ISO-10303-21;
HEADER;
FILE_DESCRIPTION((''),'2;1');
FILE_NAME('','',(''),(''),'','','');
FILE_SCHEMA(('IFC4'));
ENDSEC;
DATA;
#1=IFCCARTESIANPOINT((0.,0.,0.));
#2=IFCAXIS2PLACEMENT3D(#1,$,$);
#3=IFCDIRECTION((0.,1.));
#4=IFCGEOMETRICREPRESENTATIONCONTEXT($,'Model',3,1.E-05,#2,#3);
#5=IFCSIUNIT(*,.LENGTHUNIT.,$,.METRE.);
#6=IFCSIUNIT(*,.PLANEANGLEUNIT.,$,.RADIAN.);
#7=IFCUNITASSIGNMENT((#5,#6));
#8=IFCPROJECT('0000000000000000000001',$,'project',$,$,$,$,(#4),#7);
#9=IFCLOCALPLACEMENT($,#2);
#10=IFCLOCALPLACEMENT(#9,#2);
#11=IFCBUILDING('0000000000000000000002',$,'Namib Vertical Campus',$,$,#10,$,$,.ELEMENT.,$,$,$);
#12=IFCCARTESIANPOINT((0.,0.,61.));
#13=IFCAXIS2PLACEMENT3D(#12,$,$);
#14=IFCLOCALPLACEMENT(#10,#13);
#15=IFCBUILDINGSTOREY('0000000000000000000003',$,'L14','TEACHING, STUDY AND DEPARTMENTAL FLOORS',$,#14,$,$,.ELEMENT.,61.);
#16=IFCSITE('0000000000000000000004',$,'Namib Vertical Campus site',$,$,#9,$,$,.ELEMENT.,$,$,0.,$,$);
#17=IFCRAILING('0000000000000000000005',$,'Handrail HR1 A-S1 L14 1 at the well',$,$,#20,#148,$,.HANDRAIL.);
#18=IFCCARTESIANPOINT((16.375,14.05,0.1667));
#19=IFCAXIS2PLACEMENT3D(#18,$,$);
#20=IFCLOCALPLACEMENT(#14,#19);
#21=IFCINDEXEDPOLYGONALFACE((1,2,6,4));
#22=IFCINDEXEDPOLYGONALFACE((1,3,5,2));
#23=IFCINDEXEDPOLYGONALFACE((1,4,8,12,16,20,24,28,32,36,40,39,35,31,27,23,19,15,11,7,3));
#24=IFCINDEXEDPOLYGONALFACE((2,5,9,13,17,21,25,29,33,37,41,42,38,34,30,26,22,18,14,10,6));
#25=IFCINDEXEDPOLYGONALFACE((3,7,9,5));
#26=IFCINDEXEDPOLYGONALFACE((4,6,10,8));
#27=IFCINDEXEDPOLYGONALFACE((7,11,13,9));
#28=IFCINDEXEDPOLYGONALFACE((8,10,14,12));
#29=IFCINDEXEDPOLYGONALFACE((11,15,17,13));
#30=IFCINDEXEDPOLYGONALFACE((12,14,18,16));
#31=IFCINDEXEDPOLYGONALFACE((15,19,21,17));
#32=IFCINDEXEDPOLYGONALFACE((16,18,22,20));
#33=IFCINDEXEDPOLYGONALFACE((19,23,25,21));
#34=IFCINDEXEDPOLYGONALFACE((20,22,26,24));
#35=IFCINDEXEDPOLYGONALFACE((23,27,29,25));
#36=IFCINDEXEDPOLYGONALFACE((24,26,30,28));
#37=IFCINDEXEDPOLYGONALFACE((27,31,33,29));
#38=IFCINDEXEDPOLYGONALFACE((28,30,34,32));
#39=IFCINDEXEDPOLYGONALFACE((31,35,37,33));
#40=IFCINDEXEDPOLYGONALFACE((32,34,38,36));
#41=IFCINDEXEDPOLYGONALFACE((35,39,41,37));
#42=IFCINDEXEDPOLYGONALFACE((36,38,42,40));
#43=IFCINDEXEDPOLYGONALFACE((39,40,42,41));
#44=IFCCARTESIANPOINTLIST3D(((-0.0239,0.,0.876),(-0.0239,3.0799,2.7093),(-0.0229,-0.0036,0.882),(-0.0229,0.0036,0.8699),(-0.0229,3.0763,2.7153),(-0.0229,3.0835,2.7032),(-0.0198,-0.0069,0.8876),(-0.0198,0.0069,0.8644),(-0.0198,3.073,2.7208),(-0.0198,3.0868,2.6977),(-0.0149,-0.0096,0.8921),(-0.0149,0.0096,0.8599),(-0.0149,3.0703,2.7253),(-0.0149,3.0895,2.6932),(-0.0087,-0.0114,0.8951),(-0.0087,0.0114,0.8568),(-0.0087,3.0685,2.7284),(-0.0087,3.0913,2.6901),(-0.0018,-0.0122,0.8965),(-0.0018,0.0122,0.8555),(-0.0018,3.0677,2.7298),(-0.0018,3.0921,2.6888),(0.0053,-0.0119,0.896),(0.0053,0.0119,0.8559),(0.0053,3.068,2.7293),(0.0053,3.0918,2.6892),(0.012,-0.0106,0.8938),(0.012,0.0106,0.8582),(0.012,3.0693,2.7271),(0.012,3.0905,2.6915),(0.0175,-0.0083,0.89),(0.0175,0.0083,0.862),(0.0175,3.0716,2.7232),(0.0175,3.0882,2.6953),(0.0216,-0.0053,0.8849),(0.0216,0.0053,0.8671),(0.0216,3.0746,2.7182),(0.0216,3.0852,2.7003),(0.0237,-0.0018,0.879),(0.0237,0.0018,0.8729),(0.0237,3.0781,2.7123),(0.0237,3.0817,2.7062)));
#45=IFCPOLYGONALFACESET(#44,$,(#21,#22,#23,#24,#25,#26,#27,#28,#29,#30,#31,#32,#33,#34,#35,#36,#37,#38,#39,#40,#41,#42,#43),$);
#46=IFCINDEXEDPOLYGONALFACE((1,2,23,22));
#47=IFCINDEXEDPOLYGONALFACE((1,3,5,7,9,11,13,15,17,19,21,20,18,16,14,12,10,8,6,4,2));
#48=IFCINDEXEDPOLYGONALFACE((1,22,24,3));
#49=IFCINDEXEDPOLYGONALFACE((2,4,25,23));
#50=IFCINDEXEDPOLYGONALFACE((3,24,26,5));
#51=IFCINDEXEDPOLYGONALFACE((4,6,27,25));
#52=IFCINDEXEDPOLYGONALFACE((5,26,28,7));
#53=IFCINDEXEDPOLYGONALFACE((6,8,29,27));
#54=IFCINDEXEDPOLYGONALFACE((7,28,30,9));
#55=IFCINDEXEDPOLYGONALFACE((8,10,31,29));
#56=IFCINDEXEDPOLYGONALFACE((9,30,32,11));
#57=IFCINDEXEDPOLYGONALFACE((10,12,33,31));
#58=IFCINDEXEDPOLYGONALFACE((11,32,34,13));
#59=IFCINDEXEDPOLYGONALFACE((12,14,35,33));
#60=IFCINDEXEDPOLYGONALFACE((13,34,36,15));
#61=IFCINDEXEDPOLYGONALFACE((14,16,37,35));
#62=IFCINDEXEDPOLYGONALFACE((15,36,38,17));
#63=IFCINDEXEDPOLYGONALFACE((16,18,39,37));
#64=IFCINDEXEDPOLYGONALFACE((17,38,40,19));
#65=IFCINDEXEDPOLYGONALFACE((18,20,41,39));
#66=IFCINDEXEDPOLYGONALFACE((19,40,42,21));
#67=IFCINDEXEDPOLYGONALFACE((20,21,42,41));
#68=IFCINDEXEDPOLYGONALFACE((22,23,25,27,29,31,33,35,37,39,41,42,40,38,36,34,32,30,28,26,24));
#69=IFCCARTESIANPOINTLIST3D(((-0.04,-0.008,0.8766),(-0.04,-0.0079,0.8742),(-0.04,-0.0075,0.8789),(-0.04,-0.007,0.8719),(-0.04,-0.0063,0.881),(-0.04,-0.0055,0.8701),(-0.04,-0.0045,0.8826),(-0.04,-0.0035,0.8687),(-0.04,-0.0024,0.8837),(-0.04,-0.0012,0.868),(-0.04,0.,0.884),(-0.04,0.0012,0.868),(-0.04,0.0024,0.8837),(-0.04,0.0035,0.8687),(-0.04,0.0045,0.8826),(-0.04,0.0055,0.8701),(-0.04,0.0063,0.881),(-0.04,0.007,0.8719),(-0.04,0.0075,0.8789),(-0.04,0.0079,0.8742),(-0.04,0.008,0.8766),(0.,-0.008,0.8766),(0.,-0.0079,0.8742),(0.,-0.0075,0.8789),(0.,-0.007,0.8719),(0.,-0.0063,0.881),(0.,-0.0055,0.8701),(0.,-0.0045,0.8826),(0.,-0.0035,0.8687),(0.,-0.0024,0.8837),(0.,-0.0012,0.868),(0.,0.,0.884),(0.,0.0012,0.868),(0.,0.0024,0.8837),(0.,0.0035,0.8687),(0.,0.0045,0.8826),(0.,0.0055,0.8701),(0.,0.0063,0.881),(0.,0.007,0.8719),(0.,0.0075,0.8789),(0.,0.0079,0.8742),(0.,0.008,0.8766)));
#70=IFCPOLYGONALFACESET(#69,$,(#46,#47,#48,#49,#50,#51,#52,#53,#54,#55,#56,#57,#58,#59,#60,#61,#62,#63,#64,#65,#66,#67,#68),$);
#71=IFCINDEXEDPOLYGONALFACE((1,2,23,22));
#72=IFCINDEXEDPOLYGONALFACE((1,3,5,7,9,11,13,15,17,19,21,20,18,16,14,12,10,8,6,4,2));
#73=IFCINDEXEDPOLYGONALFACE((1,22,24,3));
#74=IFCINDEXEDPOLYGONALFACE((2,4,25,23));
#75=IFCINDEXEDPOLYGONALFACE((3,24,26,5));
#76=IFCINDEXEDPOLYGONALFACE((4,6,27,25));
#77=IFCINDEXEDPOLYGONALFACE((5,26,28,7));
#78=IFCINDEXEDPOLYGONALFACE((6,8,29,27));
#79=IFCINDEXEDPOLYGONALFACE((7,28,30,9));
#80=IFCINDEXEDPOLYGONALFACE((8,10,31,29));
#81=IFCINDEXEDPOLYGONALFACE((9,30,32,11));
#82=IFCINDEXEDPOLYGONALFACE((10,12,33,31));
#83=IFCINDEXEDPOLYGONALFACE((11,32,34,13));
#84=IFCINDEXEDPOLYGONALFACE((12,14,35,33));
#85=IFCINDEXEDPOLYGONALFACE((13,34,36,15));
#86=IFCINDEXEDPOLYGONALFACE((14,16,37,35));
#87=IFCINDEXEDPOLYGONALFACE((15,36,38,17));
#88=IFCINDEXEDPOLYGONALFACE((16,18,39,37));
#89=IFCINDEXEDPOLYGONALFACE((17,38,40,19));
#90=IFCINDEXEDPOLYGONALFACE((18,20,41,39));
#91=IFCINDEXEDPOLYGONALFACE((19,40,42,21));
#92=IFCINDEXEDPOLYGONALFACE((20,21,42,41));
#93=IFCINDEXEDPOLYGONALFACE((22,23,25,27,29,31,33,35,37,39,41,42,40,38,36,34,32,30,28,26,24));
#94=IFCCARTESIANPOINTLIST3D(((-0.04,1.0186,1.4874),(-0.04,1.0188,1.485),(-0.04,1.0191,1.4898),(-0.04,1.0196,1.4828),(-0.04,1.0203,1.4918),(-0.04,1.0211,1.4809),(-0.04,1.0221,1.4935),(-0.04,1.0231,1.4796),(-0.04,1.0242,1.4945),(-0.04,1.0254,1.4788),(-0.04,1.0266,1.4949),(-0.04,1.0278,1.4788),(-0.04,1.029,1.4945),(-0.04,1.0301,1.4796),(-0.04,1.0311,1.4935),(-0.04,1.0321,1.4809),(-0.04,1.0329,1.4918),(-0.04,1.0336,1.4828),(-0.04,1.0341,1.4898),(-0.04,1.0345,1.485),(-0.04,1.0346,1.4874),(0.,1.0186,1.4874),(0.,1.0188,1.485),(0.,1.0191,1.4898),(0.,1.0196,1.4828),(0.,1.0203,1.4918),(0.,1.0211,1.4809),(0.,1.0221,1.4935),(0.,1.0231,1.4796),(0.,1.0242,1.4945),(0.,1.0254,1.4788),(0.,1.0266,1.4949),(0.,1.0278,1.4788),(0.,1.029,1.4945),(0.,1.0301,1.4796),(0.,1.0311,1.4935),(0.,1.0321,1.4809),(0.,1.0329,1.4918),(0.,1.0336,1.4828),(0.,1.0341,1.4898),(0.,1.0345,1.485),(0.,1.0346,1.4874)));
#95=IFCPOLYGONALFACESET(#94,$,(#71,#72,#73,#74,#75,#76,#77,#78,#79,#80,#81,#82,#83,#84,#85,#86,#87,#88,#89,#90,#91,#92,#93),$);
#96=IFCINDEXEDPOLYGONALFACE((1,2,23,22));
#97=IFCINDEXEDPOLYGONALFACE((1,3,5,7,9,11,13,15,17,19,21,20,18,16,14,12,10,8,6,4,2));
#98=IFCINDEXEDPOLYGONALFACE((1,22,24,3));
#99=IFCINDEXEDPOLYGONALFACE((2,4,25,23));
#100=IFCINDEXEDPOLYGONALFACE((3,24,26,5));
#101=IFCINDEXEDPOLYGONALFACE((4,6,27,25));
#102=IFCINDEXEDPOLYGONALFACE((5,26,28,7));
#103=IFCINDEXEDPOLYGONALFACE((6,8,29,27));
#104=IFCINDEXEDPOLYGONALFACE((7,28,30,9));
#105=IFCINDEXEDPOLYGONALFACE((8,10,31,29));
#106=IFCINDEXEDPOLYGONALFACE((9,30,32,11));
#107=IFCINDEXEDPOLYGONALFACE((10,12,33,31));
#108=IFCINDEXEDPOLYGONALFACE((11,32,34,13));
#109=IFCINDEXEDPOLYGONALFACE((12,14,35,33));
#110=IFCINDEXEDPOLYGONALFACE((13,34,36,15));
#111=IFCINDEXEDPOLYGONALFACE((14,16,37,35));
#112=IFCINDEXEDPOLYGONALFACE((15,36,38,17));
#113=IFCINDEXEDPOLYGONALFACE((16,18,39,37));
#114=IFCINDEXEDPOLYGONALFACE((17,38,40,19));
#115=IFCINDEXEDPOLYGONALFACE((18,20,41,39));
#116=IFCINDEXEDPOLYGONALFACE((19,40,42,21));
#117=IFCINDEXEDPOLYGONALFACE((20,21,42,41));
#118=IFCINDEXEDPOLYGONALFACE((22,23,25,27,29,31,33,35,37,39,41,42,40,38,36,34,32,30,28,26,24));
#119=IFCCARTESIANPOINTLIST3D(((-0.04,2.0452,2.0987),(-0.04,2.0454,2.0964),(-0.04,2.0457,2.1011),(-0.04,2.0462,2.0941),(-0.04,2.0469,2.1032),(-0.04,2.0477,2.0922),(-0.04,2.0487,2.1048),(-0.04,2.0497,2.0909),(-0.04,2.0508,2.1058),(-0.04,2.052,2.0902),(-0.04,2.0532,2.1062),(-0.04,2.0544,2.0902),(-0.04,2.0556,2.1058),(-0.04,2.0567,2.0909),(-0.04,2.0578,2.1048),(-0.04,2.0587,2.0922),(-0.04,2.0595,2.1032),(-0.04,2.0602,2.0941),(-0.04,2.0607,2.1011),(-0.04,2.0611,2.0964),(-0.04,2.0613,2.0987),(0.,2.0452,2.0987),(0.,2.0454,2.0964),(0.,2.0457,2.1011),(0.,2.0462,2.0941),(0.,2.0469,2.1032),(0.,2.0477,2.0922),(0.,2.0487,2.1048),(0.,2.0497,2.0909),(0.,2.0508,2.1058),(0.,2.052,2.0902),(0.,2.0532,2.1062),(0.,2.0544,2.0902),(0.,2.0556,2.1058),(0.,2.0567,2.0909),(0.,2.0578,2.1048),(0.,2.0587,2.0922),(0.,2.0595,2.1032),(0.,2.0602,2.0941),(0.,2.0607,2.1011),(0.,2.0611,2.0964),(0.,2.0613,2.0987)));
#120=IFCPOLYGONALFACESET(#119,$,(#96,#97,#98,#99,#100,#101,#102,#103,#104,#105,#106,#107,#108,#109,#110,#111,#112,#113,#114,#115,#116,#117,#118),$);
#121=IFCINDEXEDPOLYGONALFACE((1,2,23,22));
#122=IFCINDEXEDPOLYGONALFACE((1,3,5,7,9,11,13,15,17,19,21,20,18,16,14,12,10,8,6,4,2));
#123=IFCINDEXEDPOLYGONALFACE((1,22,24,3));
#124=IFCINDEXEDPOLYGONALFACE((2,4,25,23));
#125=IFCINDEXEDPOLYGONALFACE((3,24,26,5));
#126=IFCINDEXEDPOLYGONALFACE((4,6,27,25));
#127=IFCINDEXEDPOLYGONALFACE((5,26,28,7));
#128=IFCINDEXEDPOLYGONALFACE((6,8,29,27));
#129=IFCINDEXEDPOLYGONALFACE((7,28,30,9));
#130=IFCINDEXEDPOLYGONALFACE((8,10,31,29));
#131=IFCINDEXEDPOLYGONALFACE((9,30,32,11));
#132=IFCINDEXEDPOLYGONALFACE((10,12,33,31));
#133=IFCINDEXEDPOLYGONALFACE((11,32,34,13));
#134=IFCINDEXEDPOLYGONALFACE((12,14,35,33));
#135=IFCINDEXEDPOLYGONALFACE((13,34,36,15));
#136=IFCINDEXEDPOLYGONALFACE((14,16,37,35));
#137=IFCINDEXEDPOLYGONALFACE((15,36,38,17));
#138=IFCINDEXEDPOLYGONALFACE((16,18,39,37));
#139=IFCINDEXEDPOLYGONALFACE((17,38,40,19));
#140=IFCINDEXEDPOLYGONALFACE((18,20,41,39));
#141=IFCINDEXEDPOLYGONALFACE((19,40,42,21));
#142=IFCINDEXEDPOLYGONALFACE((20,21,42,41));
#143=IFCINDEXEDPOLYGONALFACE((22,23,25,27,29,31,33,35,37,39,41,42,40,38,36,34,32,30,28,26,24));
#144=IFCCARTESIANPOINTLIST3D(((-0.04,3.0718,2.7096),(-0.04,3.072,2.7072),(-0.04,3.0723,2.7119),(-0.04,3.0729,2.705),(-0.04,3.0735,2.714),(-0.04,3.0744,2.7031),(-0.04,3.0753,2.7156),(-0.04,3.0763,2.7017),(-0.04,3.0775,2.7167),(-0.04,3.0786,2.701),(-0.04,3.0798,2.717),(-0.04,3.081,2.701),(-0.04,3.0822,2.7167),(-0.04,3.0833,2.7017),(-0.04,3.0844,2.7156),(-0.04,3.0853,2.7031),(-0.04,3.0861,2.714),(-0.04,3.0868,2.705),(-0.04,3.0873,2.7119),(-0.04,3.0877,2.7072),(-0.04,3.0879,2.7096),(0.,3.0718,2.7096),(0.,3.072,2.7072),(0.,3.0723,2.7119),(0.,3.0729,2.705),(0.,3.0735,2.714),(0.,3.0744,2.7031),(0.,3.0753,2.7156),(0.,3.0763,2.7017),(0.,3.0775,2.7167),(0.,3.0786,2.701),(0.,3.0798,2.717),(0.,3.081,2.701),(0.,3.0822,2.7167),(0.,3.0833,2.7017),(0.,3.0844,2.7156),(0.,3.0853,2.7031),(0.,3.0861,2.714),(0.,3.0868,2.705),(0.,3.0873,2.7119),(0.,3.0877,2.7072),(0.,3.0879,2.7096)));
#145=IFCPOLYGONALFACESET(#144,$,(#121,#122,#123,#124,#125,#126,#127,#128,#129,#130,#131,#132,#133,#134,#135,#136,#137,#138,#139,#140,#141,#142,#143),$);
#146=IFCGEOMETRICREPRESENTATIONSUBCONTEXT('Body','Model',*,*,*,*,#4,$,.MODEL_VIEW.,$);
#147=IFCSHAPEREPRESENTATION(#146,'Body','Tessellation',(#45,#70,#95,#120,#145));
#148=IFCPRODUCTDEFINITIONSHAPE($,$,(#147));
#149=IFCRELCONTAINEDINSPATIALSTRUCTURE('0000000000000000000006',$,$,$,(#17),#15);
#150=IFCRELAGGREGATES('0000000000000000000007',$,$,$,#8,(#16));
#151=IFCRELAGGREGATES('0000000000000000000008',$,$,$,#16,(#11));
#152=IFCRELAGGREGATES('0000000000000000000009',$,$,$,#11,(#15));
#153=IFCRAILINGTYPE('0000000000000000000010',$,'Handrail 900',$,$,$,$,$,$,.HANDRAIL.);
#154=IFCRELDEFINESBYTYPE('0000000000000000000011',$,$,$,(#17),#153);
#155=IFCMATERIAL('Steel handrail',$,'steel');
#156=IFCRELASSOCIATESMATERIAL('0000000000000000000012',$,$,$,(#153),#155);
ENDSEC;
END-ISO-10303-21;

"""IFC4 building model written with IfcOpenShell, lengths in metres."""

from ifc_helpers import new_model, si_unit, direction, frame, origin, origin_2d, place, context, subcontext, project, spatial, circle, extrude, material, type_object, element, save


model = new_model("IFC4")

# Units and contexts
model_context = context("Model", 3, precision=1e-05, world=origin(), true_north=direction((0.0, 1.0)))
body_context = subcontext(model_context, "Body", "Model", "MODEL_VIEW")
ifc_project = project(units=[si_unit("LENGTHUNIT", "METRE"), si_unit("PLANEANGLEUNIT", "RADIAN")], contexts=[model_context])

# Site, building, storey
site_placement = place(None, origin())
site = spatial("IfcSite", under=ifc_project, at=site_placement, Name="Namib Vertical Campus site", CompositionType="ELEMENT", RefElevation=0.0)
building_placement = place(site_placement, origin())
building = spatial("IfcBuilding", under=site, at=building_placement, Name="Namib Vertical Campus", CompositionType="ELEMENT")
storey_placement = place(building_placement, frame((0.0, 0.0, 61.0)))
storey = spatial("IfcBuildingStorey", under=building, at=storey_placement, Name="L14", Description="TEACHING, STUDY AND DEPARTMENTAL FLOORS", CompositionType="ELEMENT", Elevation=61.0)

# Railing
ifc_material_1 = material(Name="Steel handrail", Category="steel")
railing_type_1 = type_object("IfcRailingType", Name="Handrail 900", PredefinedType="HANDRAIL", material=ifc_material_1)
railing_1_placement = place(storey_placement, frame((16.375, 14.05, 0.1667)))
element("IfcRailing", 1, at=railing_1_placement, inside=storey, type_object=railing_type_1, Name="Handrail HR1 A-S1 L14 1 at the well", PredefinedType="HANDRAIL", context=body_context, shape_type="SweptSolid", body=[
    extrude(circle(Radius=0.0239, at=origin_2d()), frame((0.0, 0.0, 0.876), z_axis=(0.0, 0.859291, 0.511487), x_axis=(-1.0, 0.0, 0.0)), (0.0, 0.0, 1.0), 3.5842),
    extrude(circle(Radius=0.0081, at=origin_2d()), frame((0.0, 0.0, 0.876), z_axis=(-1.0, 0.0, 0.0), x_axis=(0.0, 0.0, 1.0)), (0.0, 0.0, 1.0), 0.04),
    extrude(circle(Radius=0.0081, at=origin_2d()), frame((0.0, 1.0266, 1.4868), z_axis=(-1.0, 0.0, 0.0), x_axis=(0.0, 0.0, 1.0)), (0.0, 0.0, 1.0), 0.04),
    extrude(circle(Radius=0.0081, at=origin_2d()), frame((0.0, 2.0532, 2.0981), z_axis=(-1.0, 0.0, 0.0), x_axis=(0.0, 0.0, 1.0)), (0.0, 0.0, 1.0), 0.04),
    extrude(circle(Radius=0.0081, at=origin_2d()), frame((0.0, 3.0798, 2.709), z_axis=(-1.0, 0.0, 0.0), x_axis=(0.0, 0.0, 1.0)), (0.0, 0.0, 1.0), 0.04),
])

save(model, "model.ifc")
